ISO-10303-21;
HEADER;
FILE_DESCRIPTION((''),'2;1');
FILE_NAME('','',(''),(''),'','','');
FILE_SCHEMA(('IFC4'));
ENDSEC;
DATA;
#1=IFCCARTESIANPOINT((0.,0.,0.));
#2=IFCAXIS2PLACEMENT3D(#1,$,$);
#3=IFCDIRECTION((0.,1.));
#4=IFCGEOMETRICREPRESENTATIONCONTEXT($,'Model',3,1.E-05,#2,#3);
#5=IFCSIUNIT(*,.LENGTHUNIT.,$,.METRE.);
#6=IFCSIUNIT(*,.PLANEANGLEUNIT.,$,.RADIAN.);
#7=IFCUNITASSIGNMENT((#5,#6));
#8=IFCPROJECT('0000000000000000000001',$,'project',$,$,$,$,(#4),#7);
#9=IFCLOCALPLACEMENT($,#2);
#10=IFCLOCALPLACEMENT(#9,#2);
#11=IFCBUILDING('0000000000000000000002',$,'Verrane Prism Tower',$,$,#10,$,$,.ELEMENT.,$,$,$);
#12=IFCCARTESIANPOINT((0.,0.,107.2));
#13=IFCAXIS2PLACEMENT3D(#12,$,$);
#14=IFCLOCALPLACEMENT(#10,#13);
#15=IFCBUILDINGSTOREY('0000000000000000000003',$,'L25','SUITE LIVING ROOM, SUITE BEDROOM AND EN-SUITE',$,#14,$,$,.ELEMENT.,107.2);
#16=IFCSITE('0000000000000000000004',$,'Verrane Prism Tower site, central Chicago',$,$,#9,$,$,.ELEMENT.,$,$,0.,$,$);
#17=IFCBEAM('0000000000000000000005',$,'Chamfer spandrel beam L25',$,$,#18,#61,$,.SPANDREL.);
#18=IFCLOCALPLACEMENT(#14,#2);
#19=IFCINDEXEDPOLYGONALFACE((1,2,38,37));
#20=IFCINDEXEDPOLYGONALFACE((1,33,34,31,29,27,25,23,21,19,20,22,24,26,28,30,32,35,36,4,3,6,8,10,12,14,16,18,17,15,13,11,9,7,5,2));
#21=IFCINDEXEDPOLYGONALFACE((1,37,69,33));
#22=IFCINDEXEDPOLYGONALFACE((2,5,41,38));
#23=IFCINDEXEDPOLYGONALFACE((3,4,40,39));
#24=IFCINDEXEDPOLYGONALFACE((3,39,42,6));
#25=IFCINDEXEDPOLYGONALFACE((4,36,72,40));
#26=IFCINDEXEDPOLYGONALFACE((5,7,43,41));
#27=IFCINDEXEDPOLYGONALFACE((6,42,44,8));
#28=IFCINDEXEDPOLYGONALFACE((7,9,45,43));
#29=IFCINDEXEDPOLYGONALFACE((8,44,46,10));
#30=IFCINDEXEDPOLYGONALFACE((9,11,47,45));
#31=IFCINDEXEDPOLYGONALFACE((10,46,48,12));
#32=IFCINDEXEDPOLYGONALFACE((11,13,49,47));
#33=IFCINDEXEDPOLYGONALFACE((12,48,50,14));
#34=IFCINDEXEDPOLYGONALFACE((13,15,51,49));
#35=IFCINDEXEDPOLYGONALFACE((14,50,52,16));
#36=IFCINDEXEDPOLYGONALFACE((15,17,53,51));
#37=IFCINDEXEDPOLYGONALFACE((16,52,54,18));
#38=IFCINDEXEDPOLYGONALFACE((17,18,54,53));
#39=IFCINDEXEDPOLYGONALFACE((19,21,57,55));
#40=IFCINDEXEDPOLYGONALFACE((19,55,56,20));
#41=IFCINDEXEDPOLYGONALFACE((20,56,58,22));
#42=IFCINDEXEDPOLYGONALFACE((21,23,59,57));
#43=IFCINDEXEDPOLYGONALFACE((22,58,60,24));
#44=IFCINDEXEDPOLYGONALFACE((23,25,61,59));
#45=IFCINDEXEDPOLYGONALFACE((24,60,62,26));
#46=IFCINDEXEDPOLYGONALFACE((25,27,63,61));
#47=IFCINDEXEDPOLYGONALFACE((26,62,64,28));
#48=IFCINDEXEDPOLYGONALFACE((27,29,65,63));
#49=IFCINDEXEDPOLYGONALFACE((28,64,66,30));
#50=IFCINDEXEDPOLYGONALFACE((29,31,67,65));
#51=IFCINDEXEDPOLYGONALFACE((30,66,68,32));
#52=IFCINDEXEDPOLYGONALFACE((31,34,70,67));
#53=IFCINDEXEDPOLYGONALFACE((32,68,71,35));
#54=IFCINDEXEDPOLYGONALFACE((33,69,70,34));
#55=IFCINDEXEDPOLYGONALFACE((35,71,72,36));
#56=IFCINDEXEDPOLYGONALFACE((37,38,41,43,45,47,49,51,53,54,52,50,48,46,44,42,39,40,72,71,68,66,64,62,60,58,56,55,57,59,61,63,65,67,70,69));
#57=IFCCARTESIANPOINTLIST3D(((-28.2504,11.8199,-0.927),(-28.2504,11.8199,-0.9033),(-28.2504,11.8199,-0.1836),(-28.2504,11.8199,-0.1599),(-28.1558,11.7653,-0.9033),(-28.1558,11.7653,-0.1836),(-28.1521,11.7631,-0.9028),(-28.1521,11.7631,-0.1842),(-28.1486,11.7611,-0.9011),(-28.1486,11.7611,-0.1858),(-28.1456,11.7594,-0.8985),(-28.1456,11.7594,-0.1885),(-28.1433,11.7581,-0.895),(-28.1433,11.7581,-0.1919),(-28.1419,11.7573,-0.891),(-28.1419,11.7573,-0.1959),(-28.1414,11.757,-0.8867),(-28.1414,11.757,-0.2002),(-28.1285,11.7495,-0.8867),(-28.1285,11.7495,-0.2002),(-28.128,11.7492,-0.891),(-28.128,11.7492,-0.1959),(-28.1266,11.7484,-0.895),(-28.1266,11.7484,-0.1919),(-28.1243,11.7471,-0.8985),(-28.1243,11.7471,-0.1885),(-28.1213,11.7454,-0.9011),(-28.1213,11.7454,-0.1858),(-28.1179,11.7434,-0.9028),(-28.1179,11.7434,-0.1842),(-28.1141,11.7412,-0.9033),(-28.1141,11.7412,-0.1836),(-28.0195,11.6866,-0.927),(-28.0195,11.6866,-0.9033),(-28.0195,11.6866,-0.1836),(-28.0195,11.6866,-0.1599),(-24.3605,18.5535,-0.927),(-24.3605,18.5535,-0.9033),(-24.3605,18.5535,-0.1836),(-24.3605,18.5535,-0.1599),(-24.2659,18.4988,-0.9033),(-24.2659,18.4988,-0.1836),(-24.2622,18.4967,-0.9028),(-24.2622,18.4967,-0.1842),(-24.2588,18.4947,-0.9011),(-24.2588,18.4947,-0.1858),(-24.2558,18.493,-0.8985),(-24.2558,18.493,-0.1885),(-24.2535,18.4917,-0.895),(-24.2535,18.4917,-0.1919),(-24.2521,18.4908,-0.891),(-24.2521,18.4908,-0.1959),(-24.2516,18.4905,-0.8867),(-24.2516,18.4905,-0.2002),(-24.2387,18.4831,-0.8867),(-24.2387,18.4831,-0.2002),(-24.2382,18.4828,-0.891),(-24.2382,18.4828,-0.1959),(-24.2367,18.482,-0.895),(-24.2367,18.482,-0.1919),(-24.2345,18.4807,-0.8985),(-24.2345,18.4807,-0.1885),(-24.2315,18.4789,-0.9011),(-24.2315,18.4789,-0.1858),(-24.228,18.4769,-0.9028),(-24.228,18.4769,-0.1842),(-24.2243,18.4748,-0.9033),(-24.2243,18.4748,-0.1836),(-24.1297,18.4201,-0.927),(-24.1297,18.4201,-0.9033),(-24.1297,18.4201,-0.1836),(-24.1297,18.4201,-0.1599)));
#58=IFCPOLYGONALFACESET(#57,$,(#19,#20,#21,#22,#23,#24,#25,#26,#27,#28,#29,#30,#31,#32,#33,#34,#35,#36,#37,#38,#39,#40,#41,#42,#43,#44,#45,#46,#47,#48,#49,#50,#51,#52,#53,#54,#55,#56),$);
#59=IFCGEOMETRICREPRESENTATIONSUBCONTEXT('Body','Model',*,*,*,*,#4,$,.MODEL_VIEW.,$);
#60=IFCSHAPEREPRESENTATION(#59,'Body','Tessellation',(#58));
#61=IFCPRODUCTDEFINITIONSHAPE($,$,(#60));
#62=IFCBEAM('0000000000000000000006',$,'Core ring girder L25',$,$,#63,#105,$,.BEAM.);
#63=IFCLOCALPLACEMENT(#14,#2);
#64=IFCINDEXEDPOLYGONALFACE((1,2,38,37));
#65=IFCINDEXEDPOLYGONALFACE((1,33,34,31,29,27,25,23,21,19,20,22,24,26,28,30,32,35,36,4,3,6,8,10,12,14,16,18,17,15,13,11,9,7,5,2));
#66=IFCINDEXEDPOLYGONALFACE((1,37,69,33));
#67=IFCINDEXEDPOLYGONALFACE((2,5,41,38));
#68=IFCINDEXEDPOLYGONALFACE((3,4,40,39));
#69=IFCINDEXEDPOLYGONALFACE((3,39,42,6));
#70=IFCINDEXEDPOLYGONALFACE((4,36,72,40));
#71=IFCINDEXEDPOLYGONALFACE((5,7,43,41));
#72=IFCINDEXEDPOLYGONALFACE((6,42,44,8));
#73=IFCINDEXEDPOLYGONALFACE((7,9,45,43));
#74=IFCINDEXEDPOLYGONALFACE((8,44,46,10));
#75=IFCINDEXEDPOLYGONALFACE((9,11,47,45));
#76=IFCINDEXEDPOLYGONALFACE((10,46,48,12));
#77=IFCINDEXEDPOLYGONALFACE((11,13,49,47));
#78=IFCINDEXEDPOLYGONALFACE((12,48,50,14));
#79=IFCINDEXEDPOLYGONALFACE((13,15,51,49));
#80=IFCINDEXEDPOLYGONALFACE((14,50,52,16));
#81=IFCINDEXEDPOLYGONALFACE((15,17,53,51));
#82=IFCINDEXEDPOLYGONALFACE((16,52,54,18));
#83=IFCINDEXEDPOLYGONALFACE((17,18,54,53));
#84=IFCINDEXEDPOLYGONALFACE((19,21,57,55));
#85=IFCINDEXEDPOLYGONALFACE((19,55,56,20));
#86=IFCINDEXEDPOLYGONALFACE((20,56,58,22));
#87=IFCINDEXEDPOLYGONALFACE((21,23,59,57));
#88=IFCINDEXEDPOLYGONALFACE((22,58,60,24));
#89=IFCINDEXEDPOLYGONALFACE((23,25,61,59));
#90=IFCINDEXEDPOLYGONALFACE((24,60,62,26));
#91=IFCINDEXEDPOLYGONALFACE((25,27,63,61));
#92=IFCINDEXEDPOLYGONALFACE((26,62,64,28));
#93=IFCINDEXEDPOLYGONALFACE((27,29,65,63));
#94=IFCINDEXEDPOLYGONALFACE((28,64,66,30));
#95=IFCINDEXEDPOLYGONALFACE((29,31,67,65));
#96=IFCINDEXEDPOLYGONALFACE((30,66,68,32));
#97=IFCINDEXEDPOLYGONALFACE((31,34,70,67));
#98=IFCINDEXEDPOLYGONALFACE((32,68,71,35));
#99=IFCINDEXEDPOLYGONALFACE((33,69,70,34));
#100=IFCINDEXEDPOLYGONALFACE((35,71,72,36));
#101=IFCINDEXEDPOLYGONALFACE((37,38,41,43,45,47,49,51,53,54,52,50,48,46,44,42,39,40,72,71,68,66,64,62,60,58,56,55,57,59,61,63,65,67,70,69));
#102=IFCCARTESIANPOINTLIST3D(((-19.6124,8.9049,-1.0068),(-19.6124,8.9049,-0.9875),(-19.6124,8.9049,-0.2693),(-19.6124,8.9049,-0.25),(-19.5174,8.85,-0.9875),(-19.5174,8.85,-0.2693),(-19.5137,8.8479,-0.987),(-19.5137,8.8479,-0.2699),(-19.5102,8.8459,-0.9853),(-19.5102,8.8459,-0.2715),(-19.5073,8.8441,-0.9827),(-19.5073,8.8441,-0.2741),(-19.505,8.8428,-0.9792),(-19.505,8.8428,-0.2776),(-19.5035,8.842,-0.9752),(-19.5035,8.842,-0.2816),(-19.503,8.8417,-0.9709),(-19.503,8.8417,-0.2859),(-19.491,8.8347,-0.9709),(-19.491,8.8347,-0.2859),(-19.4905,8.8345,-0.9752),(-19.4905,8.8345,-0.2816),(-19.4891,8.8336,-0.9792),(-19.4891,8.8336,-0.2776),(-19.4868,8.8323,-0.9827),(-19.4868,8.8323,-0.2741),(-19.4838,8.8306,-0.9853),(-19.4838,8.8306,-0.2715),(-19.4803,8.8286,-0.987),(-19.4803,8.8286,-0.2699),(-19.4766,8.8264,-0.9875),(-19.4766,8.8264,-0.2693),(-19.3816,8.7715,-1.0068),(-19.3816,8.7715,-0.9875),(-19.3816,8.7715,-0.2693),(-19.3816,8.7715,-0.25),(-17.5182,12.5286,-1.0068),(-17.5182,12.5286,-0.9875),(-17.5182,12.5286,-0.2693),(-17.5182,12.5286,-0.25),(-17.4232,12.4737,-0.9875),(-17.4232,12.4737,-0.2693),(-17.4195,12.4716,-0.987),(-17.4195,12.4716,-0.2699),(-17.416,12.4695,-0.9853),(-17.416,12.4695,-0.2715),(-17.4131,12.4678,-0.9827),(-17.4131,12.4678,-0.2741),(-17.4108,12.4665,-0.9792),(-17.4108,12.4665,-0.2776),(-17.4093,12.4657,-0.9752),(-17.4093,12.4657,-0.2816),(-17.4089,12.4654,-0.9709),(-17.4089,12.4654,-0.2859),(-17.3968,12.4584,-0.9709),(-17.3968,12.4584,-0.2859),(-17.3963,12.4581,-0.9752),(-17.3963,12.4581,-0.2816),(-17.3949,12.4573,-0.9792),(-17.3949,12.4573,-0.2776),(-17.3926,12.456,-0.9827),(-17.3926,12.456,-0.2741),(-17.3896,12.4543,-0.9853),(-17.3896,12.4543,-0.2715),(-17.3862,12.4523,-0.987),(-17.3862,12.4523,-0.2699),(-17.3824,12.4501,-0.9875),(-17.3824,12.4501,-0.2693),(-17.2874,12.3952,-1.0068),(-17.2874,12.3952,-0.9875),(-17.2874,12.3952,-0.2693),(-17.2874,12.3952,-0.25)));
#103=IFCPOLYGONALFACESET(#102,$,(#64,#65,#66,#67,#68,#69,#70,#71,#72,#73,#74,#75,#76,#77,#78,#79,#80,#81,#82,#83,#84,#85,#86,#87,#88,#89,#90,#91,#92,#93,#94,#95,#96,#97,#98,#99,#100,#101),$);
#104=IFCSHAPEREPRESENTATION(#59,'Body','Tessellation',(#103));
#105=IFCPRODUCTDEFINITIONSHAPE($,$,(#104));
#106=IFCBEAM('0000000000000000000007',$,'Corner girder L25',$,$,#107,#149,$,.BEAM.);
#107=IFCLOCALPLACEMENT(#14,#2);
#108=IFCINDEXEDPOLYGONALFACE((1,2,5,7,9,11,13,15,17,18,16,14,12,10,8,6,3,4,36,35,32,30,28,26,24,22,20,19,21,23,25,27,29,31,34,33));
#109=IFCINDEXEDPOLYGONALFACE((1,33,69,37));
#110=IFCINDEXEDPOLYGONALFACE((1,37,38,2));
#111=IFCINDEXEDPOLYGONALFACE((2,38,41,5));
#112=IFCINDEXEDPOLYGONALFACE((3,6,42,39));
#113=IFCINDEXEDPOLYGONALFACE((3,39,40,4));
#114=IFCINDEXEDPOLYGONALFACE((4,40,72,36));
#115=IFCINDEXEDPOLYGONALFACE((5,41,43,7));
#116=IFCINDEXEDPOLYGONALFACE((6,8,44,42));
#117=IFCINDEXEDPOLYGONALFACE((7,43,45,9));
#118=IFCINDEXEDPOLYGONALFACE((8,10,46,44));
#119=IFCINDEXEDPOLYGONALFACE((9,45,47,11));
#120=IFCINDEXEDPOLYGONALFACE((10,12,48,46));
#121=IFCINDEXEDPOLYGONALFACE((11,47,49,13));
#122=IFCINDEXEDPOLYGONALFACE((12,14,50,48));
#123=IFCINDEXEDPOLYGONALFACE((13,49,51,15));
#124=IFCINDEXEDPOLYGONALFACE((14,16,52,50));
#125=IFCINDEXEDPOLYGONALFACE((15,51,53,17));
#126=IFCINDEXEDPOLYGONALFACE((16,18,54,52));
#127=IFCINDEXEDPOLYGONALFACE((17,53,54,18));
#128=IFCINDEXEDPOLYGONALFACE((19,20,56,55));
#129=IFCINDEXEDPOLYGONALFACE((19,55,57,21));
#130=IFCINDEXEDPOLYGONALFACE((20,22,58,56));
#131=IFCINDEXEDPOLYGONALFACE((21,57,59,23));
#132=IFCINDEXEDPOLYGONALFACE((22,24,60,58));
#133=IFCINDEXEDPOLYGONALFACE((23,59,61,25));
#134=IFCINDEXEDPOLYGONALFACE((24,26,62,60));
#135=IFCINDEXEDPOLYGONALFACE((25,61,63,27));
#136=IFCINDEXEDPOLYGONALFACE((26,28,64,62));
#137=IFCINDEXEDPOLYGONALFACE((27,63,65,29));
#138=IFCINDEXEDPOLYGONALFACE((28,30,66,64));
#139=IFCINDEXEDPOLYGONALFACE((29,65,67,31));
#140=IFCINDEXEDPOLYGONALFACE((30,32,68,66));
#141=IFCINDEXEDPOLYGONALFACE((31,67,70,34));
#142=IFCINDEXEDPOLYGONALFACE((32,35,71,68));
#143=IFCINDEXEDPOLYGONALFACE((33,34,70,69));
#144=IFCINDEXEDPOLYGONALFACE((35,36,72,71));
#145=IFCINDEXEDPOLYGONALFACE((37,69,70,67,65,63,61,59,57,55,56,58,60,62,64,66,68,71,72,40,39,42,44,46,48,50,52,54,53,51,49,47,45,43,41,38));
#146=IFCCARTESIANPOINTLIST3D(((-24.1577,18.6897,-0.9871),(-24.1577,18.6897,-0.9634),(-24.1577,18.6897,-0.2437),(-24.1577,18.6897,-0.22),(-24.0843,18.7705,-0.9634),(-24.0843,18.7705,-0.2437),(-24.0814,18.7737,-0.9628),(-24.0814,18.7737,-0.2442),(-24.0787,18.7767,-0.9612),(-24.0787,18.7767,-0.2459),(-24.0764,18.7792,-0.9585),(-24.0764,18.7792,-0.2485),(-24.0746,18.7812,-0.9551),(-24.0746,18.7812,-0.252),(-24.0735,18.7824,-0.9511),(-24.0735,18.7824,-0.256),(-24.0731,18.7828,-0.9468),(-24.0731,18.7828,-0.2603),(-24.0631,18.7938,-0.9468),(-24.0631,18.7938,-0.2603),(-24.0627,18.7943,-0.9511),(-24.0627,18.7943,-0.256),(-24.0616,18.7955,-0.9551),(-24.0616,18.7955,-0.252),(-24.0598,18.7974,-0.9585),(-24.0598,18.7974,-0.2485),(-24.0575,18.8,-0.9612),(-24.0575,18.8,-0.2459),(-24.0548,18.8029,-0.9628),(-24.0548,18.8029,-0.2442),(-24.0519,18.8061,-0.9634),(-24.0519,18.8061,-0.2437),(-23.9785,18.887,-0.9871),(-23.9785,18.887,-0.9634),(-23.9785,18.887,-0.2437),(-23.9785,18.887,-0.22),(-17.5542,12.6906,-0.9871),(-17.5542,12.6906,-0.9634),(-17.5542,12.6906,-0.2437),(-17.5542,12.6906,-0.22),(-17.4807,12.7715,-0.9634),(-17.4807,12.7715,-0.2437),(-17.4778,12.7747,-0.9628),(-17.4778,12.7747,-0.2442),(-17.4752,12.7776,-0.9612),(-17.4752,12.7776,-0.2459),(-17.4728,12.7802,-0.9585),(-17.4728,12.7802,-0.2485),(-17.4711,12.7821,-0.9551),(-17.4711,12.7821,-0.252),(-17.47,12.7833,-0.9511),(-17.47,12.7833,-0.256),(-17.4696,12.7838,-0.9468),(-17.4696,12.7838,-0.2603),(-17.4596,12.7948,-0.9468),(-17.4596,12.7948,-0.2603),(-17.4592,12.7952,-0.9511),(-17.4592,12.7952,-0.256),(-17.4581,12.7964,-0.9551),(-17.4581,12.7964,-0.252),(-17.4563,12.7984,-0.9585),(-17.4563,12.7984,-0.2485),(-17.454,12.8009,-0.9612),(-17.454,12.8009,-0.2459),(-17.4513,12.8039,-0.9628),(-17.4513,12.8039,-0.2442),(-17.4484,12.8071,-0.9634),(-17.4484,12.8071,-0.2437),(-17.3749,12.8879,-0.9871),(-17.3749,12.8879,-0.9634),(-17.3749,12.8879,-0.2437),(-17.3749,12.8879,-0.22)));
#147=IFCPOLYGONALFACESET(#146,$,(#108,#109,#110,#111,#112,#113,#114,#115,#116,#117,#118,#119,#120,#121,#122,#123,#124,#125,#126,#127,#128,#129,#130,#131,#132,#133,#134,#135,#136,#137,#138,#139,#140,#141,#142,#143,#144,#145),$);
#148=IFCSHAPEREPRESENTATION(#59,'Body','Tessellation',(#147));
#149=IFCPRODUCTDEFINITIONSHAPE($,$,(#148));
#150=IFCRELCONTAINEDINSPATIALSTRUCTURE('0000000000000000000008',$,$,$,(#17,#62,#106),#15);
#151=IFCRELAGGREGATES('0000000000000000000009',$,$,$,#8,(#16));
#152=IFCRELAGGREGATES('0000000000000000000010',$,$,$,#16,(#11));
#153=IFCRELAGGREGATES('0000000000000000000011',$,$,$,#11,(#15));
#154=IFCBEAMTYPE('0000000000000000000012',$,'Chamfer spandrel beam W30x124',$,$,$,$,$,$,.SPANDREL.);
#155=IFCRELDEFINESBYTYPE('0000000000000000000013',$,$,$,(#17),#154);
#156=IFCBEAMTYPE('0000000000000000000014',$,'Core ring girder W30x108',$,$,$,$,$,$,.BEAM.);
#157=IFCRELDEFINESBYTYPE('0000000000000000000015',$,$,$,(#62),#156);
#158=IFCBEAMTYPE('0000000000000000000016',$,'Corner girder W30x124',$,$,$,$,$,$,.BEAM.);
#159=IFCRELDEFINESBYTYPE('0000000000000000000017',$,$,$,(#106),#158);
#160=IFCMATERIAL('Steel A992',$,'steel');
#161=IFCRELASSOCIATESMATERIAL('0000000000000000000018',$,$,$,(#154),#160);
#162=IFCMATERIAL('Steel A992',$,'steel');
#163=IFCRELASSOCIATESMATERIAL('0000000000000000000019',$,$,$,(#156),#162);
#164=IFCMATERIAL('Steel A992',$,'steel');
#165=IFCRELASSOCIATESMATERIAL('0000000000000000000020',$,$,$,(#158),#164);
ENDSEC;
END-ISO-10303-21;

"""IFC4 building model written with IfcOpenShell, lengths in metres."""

from ifc_helpers import new_model, si_unit, direction, frame, origin, origin_2d, place, context, subcontext, project, spatial, i_section, extrude, material, material_profile, profile_set, type_object, element, save


model = new_model("IFC4")

# Units and contexts
model_context = context("Model", 3, precision=1e-05, world=origin(), true_north=direction((0.0, 1.0)))
body_context = subcontext(model_context, "Body", "Model", "MODEL_VIEW")
ifc_project = project(units=[si_unit("LENGTHUNIT", "METRE"), si_unit("PLANEANGLEUNIT", "RADIAN")], contexts=[model_context])

# Site, building, storey
site_placement = place(None, origin())
site = spatial("IfcSite", under=ifc_project, at=site_placement, Name="Verrane Prism Tower site, central Chicago", CompositionType="ELEMENT", RefElevation=0.0)
building_placement = place(site_placement, origin())
building = spatial("IfcBuilding", under=site, at=building_placement, Name="Verrane Prism Tower", CompositionType="ELEMENT")
storey_placement = place(building_placement, frame((0.0, 0.0, 107.2)))
storey = spatial("IfcBuildingStorey", under=building, at=storey_placement, Name="L25", Description="SUITE LIVING ROOM, SUITE BEDROOM AND EN-SUITE", CompositionType="ELEMENT", Elevation=107.2)

# Beams
ifc_material_1 = material(Name="Steel A992", Category="steel")
ifc_material_profile_1 = material_profile(ifc_material_1, i_section(OverallWidth=0.2666, OverallDepth=0.7671, WebThickness=0.0149, FlangeThickness=0.0237, FilletRadius=0.0166, at=origin_2d()), Name="W30x124")
ifc_profile_set_1 = profile_set([ifc_material_profile_1], Name="Steel A992")
beam_type_1 = type_object("IfcBeamType", Name="Chamfer spandrel beam W30x124", PredefinedType="SPANDREL", material=ifc_profile_set_1)
beam_1_placement = place(storey_placement, frame((-24.2451, 18.4868, -0.5435), z_axis=(-0.500214, -0.865902, 0.0), x_axis=(0.865902, -0.500214, 0.0)))
element("IfcBeam", 1, at=beam_1_placement, inside=storey, type_object=beam_type_1, Name="Chamfer spandrel beam L25", PredefinedType="SPANDREL", context=body_context, shape_type="SweptSolid", body=[
    extrude(i_section(OverallWidth=0.2666, OverallDepth=0.7671, WebThickness=0.0149, FlangeThickness=0.0237, FilletRadius=0.0166, at=origin_2d()), origin(), (0.0, 0.0, 1.0), 7.7764),
])
ifc_material_2 = material(Name="Steel A992", Category="steel")
ifc_material_profile_2 = material_profile(ifc_material_2, i_section(OverallWidth=0.2666, OverallDepth=0.7568, WebThickness=0.0139, FlangeThickness=0.0193, FilletRadius=0.0166, at=origin_2d()), Name="W30x108")
ifc_profile_set_2 = profile_set([ifc_material_profile_2], Name="Steel A992")
beam_type_2 = type_object("IfcBeamType", Name="Core ring girder W30x108", PredefinedType="BEAM", material=ifc_profile_set_2)
beam_2_placement = place(storey_placement, frame((-17.4028, 12.4619, -0.6284), z_axis=(-0.500367, -0.865813, 0.0), x_axis=(0.865813, -0.500367, 0.0)))
element("IfcBeam", 2, at=beam_2_placement, inside=storey, type_object=beam_type_2, Name="Core ring girder L25", PredefinedType="BEAM", context=body_context, shape_type="SweptSolid", body=[
    extrude(i_section(OverallWidth=0.2666, OverallDepth=0.7568, WebThickness=0.0139, FlangeThickness=0.0193, FilletRadius=0.0166, at=origin_2d()), origin(), (0.0, 0.0, 1.0), 4.1853),
])
ifc_material_3 = material(Name="Steel A992", Category="steel")
ifc_material_profile_3 = material_profile(ifc_material_3, i_section(OverallWidth=0.2666, OverallDepth=0.7671, WebThickness=0.0149, FlangeThickness=0.0237, FilletRadius=0.0166, at=origin_2d()), Name="W30x124")
ifc_profile_set_3 = profile_set([ifc_material_profile_3], Name="Steel A992")
beam_type_3 = type_object("IfcBeamType", Name="Corner girder W30x124", PredefinedType="BEAM", material=ifc_profile_set_3)
beam_3_placement = place(storey_placement, frame((-24.0681, 18.7883, -0.6035), z_axis=(0.740173, -0.672417, 0.0), x_axis=(0.672417, 0.740173, 0.0)))
element("IfcBeam", 3, at=beam_3_placement, inside=storey, type_object=beam_type_3, Name="Corner girder L25", PredefinedType="BEAM", context=body_context, shape_type="SweptSolid", body=[
    extrude(i_section(OverallWidth=0.2666, OverallDepth=0.7671, WebThickness=0.0149, FlangeThickness=0.0237, FilletRadius=0.0166, at=origin_2d()), origin(), (0.0, 0.0, 1.0), 8.9216),
])

save(model, "model.ifc")
